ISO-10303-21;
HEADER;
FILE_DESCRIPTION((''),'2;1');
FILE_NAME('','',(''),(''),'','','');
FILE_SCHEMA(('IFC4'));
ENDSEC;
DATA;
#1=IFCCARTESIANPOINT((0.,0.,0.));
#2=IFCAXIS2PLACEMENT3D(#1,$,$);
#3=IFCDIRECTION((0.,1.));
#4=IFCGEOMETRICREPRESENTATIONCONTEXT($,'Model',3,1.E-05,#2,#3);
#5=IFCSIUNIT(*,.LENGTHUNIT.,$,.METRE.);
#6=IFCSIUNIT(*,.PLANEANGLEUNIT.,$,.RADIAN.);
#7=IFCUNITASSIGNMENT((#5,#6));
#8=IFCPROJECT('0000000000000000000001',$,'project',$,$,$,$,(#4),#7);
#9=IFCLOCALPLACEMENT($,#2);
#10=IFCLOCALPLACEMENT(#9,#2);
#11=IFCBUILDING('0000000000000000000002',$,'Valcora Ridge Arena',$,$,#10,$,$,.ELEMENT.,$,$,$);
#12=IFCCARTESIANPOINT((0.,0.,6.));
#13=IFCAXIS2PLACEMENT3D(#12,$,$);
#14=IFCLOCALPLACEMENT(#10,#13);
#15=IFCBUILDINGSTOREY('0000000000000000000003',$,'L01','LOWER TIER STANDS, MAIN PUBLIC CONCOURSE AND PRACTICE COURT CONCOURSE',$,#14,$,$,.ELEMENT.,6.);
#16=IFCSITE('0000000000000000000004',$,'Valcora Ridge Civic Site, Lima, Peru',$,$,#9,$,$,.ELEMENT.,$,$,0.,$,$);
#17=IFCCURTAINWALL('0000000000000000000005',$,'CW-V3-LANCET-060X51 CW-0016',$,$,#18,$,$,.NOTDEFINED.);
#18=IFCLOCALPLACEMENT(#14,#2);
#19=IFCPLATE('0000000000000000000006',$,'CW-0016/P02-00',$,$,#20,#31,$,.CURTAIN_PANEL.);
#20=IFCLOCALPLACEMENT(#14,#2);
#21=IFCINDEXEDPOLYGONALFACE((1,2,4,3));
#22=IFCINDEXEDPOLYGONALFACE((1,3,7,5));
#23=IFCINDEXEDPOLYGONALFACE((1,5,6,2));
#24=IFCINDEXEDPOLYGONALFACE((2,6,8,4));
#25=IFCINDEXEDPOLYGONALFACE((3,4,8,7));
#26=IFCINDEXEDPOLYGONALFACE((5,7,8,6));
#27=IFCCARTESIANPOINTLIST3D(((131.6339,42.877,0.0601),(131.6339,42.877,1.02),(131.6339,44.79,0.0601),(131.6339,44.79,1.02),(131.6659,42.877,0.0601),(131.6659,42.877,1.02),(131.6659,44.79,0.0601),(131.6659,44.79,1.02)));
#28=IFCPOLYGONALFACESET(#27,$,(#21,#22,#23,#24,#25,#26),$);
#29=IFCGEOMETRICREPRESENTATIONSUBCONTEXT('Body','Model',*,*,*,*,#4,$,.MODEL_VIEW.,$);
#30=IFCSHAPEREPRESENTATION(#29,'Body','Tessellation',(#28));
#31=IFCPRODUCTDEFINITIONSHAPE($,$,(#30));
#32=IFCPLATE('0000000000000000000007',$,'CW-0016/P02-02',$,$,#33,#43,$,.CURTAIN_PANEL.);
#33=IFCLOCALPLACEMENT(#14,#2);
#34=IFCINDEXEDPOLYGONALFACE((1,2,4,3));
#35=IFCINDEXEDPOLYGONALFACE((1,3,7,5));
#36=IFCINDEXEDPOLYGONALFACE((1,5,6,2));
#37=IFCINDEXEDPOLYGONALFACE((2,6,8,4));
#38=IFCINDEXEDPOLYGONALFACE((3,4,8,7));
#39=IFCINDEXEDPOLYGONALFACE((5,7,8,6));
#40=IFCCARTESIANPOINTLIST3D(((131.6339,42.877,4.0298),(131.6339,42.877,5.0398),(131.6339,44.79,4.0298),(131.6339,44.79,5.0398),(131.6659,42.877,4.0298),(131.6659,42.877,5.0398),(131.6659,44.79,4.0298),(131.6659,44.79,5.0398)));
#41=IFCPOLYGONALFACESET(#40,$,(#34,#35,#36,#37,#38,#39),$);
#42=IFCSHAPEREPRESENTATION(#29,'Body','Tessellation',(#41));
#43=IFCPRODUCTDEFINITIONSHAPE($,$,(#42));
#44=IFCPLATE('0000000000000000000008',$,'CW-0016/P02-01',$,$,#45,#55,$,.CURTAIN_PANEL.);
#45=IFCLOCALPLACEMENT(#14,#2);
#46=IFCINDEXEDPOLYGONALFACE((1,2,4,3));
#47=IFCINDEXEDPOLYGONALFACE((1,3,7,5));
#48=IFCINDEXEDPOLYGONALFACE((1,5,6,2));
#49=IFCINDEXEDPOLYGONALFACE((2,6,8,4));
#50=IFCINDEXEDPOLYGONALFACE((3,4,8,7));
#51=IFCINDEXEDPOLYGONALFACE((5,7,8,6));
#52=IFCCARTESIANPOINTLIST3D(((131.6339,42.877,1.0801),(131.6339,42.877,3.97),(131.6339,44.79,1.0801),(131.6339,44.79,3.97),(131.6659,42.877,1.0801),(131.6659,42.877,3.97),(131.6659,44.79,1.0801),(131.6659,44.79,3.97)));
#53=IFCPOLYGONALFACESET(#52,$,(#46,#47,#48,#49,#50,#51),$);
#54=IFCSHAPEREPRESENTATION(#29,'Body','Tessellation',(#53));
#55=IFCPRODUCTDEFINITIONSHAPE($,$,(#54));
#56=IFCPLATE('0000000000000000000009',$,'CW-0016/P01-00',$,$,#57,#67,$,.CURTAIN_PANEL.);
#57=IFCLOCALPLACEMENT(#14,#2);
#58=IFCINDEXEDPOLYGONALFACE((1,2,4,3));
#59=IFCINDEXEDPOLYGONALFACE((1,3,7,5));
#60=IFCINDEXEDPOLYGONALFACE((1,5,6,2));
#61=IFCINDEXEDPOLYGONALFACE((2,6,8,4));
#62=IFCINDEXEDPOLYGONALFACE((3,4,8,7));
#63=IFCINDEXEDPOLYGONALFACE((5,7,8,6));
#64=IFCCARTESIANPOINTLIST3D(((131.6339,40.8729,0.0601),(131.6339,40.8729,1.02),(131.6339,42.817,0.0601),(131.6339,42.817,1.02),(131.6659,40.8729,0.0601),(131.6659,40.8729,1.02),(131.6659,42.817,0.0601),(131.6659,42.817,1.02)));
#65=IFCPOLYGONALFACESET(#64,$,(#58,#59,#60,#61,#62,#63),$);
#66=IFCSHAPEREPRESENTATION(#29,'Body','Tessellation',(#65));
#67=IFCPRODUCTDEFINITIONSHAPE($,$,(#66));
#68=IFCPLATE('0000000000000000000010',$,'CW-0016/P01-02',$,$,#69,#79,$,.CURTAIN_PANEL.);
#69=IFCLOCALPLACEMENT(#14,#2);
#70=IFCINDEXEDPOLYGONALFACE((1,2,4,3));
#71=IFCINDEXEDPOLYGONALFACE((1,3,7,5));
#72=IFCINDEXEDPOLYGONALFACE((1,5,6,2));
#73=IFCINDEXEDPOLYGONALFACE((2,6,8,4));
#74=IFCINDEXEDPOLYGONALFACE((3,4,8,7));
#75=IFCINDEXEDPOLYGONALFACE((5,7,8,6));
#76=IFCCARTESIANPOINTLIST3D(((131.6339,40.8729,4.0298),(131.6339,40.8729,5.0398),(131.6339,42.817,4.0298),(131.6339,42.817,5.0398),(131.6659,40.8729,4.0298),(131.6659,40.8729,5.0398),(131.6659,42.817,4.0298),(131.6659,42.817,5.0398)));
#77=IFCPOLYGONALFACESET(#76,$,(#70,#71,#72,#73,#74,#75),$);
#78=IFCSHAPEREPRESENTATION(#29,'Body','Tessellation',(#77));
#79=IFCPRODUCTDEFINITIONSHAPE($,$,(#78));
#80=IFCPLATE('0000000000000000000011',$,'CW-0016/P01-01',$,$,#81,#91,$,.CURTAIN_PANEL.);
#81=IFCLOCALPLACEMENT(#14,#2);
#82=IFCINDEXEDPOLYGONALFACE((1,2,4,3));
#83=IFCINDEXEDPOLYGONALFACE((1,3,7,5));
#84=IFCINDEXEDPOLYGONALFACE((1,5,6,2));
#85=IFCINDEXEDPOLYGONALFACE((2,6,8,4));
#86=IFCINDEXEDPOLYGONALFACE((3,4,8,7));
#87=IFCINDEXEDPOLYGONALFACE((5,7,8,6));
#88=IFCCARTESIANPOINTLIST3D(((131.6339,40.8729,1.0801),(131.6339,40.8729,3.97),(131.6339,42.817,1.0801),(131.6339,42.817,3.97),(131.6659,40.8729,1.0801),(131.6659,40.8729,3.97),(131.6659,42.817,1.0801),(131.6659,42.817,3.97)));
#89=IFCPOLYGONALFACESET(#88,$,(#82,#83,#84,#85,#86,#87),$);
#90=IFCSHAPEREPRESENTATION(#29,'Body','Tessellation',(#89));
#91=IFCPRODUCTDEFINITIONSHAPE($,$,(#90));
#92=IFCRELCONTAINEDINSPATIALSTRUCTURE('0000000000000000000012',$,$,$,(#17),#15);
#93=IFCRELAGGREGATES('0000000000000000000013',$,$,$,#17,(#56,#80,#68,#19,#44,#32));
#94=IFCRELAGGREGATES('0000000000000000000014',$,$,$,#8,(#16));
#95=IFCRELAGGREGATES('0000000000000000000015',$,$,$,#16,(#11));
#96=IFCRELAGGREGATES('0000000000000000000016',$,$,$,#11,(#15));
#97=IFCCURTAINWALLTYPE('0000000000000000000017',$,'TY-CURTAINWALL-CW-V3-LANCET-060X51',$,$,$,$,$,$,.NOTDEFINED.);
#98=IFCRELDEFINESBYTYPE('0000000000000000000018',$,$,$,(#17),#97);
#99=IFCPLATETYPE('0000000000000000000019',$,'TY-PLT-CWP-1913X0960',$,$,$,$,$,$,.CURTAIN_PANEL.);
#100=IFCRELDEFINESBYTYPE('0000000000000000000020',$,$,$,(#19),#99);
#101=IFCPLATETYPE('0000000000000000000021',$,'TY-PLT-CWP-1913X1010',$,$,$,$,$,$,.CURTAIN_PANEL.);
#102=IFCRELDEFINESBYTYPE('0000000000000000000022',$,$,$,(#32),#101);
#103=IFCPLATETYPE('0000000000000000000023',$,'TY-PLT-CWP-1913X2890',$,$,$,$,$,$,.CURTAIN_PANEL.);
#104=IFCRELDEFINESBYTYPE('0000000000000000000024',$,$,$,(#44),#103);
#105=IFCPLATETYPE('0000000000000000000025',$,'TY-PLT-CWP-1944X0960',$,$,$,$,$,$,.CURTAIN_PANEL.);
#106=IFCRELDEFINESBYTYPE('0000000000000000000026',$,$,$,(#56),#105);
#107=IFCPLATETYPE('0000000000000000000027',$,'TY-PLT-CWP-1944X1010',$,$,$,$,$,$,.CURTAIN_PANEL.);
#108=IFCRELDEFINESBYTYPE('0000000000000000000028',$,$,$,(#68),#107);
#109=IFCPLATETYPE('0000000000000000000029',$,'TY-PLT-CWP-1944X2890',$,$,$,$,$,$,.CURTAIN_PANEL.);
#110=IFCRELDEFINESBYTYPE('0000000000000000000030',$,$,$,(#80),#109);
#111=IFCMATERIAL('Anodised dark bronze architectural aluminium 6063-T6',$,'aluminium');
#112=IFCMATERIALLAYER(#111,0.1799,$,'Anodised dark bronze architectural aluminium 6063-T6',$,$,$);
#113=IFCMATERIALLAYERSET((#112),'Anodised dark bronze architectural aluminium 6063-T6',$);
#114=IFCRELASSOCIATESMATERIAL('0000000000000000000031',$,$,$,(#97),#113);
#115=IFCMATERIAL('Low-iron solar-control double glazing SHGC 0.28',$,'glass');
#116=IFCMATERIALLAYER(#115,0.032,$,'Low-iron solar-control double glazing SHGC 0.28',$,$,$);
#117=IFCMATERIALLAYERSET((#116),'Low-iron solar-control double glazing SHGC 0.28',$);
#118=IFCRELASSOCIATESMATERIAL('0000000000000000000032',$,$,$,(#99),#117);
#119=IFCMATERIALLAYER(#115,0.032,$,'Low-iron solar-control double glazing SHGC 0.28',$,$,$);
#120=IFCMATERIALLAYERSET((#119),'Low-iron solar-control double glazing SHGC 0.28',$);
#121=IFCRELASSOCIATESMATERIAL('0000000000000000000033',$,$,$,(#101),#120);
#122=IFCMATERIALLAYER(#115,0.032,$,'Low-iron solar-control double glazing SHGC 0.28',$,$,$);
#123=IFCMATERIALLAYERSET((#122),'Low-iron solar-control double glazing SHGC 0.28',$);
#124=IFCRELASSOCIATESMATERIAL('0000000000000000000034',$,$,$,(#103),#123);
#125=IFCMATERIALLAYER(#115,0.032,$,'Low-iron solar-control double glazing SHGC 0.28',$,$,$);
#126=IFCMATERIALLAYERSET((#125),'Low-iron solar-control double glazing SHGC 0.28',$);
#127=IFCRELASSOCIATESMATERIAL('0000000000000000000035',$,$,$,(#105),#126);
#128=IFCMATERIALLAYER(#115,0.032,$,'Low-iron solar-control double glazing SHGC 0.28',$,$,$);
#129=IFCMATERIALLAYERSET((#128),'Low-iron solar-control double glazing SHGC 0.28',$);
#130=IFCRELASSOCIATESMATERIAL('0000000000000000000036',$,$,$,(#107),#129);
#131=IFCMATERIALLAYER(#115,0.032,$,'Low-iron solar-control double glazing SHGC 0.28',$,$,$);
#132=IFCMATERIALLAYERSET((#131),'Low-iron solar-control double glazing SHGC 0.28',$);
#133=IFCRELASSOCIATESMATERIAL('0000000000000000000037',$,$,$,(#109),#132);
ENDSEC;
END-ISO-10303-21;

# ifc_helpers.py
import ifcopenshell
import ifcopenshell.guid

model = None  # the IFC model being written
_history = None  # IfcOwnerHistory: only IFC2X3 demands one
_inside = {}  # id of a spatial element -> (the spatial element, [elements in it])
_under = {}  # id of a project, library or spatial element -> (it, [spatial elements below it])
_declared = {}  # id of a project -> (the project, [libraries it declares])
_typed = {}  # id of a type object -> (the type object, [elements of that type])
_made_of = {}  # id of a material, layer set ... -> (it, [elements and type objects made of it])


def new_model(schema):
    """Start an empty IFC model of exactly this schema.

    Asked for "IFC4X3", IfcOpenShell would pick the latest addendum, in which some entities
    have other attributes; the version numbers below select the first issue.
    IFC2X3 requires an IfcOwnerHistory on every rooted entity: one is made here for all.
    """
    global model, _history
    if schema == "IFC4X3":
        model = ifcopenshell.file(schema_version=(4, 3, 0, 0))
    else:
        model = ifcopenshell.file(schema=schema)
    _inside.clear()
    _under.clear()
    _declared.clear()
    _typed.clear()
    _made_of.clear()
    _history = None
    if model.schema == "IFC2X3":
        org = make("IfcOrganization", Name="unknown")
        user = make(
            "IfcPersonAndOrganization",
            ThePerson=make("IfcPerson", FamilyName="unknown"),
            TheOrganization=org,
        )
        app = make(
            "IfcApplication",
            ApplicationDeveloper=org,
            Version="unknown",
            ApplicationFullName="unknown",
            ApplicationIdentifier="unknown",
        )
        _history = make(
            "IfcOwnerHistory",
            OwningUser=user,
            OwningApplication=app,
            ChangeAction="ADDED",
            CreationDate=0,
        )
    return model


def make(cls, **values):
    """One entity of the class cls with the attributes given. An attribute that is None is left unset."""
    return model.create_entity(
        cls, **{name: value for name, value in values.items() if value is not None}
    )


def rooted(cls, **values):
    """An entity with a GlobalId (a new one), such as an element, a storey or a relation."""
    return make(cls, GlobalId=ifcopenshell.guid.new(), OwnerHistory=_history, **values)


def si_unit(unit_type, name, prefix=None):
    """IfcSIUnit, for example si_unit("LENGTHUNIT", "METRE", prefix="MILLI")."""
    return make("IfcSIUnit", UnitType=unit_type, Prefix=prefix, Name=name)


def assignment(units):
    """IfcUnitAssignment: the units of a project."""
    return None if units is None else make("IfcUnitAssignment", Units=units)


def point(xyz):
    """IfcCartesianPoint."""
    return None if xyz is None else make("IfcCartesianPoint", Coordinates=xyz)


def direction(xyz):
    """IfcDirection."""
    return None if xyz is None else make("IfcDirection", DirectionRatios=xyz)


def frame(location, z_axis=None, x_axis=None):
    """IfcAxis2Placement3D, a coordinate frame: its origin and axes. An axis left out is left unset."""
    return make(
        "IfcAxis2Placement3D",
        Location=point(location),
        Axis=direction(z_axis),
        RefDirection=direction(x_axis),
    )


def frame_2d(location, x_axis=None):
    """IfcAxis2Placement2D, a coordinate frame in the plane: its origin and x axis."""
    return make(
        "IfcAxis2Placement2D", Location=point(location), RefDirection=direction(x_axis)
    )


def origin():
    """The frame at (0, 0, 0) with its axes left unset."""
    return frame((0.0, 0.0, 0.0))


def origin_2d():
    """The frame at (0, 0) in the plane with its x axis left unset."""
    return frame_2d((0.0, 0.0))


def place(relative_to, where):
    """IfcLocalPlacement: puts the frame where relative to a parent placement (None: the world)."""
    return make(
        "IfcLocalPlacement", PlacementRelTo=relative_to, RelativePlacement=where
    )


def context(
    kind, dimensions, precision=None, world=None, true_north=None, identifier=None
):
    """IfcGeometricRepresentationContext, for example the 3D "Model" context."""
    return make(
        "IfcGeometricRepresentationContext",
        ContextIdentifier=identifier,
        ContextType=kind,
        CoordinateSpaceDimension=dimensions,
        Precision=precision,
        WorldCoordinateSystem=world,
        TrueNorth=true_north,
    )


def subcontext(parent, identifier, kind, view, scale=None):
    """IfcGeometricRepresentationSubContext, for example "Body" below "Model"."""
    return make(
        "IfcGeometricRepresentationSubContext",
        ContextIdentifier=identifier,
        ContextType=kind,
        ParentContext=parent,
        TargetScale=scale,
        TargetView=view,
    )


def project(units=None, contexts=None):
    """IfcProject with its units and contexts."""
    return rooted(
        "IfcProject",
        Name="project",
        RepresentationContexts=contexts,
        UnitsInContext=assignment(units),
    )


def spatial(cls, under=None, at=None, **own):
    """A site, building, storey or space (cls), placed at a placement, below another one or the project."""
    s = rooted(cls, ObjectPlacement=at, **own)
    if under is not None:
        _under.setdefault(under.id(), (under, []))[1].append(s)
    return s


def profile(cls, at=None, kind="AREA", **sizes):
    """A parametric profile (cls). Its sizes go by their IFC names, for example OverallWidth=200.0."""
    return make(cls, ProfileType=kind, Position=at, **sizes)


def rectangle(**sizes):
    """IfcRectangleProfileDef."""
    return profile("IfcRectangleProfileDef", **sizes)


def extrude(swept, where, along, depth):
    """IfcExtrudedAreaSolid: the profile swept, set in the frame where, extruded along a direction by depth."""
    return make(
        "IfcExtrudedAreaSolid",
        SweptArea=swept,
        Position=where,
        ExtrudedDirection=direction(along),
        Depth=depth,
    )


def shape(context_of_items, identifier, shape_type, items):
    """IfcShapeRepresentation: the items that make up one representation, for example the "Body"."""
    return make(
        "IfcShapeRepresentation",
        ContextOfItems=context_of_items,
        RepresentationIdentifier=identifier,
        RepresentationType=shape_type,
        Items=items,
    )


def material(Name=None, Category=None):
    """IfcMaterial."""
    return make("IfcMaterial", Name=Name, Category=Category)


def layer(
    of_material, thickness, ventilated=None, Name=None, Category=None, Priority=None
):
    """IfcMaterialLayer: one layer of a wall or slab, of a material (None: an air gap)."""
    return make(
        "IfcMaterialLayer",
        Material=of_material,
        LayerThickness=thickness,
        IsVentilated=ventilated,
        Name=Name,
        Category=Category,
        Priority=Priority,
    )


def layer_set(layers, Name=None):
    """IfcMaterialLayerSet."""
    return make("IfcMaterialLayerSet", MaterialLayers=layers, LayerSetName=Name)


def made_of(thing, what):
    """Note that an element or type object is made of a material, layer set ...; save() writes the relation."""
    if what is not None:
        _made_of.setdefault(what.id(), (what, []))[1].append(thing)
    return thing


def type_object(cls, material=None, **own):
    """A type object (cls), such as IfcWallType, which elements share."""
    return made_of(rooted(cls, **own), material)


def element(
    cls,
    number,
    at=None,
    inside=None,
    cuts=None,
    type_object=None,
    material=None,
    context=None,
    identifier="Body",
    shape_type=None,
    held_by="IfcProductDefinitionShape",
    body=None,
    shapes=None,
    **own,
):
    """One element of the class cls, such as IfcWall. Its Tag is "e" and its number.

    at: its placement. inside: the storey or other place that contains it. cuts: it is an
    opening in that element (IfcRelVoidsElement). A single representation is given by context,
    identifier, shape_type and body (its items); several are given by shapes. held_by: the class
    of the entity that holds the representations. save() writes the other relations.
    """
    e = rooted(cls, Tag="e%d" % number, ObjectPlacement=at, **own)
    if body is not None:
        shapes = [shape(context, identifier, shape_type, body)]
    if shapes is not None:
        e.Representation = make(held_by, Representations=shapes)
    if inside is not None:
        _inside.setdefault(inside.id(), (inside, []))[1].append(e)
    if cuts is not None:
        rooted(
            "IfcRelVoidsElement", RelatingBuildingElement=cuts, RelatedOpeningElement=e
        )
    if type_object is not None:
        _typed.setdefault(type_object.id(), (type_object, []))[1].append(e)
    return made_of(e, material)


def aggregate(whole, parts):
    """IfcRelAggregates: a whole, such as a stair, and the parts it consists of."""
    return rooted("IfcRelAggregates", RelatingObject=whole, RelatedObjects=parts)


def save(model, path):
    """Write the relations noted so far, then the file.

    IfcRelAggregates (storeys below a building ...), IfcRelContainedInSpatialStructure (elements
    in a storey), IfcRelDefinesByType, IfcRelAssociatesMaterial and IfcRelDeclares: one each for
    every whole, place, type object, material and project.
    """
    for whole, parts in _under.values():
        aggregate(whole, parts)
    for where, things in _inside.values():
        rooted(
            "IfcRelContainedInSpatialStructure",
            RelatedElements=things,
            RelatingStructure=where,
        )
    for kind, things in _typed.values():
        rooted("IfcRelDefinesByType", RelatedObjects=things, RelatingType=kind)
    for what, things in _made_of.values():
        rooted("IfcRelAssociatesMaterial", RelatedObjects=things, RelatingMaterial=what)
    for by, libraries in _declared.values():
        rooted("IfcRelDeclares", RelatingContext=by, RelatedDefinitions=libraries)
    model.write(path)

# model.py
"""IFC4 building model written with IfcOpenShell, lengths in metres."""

from ifc_helpers import new_model, si_unit, direction, frame, origin, origin_2d, place, context, subcontext, project, spatial, rectangle, extrude, material, layer, layer_set, type_object, element, aggregate, save


model = new_model("IFC4")

# Units and contexts
model_context = context("Model", 3, precision=1e-05, world=origin(), true_north=direction((0.0, 1.0)))
body_context = subcontext(model_context, "Body", "Model", "MODEL_VIEW")
ifc_project = project(units=[si_unit("LENGTHUNIT", "METRE"), si_unit("PLANEANGLEUNIT", "RADIAN")], contexts=[model_context])

# Site, building, storey
site_placement = place(None, origin())
site = spatial("IfcSite", under=ifc_project, at=site_placement, Name="Valcora Ridge Civic Site, Lima, Peru", CompositionType="ELEMENT", RefElevation=0.0)
building_placement = place(site_placement, origin())
building = spatial("IfcBuilding", under=site, at=building_placement, Name="Valcora Ridge Arena", CompositionType="ELEMENT")
storey_placement = place(building_placement, frame((0.0, 0.0, 6.0)))
storey = spatial("IfcBuildingStorey", under=building, at=storey_placement, Name="L01", Description="LOWER TIER STANDS, MAIN PUBLIC CONCOURSE AND PRACTICE COURT CONCOURSE", CompositionType="ELEMENT", Elevation=6.0)

# Curtain wall
ifc_material_1 = material(Name="Anodised dark bronze architectural aluminium 6063-T6", Category="aluminium")
ifc_layer_1 = layer(ifc_material_1, 0.1799, Name="Anodised dark bronze architectural aluminium 6063-T6")
ifc_layer_set_1 = layer_set([ifc_layer_1], Name="Anodised dark bronze architectural aluminium 6063-T6")
curtain_wall_type_1 = type_object("IfcCurtainWallType", Name="TY-CURTAINWALL-CW-V3-LANCET-060X51", PredefinedType="NOTDEFINED", material=ifc_layer_set_1)
curtain_wall_1_placement = place(storey_placement, origin())
curtain_wall_1 = element("IfcCurtainWall", 1, at=curtain_wall_1_placement, inside=storey, type_object=curtain_wall_type_1, Name="CW-V3-LANCET-060X51 CW-0016", PredefinedType="NOTDEFINED")

# Plates
ifc_material_2 = material(Name="Low-iron solar-control double glazing SHGC 0.28", Category="glass")
ifc_layer_2 = layer(ifc_material_2, 0.032, Name="Low-iron solar-control double glazing SHGC 0.28")
ifc_layer_set_2 = layer_set([ifc_layer_2], Name="Low-iron solar-control double glazing SHGC 0.28")
plate_type_1 = type_object("IfcPlateType", Name="TY-PLT-CWP-1913X0960", PredefinedType="CURTAIN_PANEL", material=ifc_layer_set_2)
plate_1_placement = place(storey_placement, frame((131.6499, 43.8335, 0.0601), z_axis=(0.0, 0.0, 1.0), x_axis=(0.0, 1.0, 0.0)))
plate_1 = element("IfcPlate", 2, at=plate_1_placement, type_object=plate_type_1, Name="CW-0016/P02-00", PredefinedType="CURTAIN_PANEL", context=body_context, shape_type="SweptSolid", body=[
    extrude(rectangle(XDim=1.9131, YDim=0.032, at=origin_2d()), origin(), (0.0, 0.0, 1.0), 0.96),
])
ifc_layer_3 = layer(ifc_material_2, 0.032, Name="Low-iron solar-control double glazing SHGC 0.28")
ifc_layer_set_3 = layer_set([ifc_layer_3], Name="Low-iron solar-control double glazing SHGC 0.28")
plate_type_2 = type_object("IfcPlateType", Name="TY-PLT-CWP-1913X1010", PredefinedType="CURTAIN_PANEL", material=ifc_layer_set_3)
plate_2_placement = place(storey_placement, frame((131.6499, 43.8335, 4.0298), z_axis=(0.0, 0.0, 1.0), x_axis=(0.0, 1.0, 0.0)))
plate_2 = element("IfcPlate", 3, at=plate_2_placement, type_object=plate_type_2, Name="CW-0016/P02-02", PredefinedType="CURTAIN_PANEL", context=body_context, shape_type="SweptSolid", body=[
    extrude(rectangle(XDim=1.9131, YDim=0.032, at=origin_2d()), origin(), (0.0, 0.0, 1.0), 1.01),
])
ifc_layer_4 = layer(ifc_material_2, 0.032, Name="Low-iron solar-control double glazing SHGC 0.28")
ifc_layer_set_4 = layer_set([ifc_layer_4], Name="Low-iron solar-control double glazing SHGC 0.28")
plate_type_3 = type_object("IfcPlateType", Name="TY-PLT-CWP-1913X2890", PredefinedType="CURTAIN_PANEL", material=ifc_layer_set_4)
plate_3_placement = place(storey_placement, frame((131.6499, 43.8335, 1.0801), z_axis=(0.0, 0.0, 1.0), x_axis=(0.0, 1.0, 0.0)))
plate_3 = element("IfcPlate", 4, at=plate_3_placement, type_object=plate_type_3, Name="CW-0016/P02-01", PredefinedType="CURTAIN_PANEL", context=body_context, shape_type="SweptSolid", body=[
    extrude(rectangle(XDim=1.9131, YDim=0.032, at=origin_2d()), origin(), (0.0, 0.0, 1.0), 2.8899),
])
ifc_layer_5 = layer(ifc_material_2, 0.032, Name="Low-iron solar-control double glazing SHGC 0.28")
ifc_layer_set_5 = layer_set([ifc_layer_5], Name="Low-iron solar-control double glazing SHGC 0.28")
plate_type_4 = type_object("IfcPlateType", Name="TY-PLT-CWP-1944X0960", PredefinedType="CURTAIN_PANEL", material=ifc_layer_set_5)
plate_4_placement = place(storey_placement, frame((131.6499, 41.845, 0.0601), z_axis=(0.0, 0.0, 1.0), x_axis=(0.0, 1.0, 0.0)))
plate_4 = element("IfcPlate", 5, at=plate_4_placement, type_object=plate_type_4, Name="CW-0016/P01-00", PredefinedType="CURTAIN_PANEL", context=body_context, shape_type="SweptSolid", body=[
    extrude(rectangle(XDim=1.9441, YDim=0.032, at=origin_2d()), origin(), (0.0, 0.0, 1.0), 0.96),
])
ifc_layer_6 = layer(ifc_material_2, 0.032, Name="Low-iron solar-control double glazing SHGC 0.28")
ifc_layer_set_6 = layer_set([ifc_layer_6], Name="Low-iron solar-control double glazing SHGC 0.28")
plate_type_5 = type_object("IfcPlateType", Name="TY-PLT-CWP-1944X1010", PredefinedType="CURTAIN_PANEL", material=ifc_layer_set_6)
plate_5_placement = place(storey_placement, frame((131.6499, 41.845, 4.0298), z_axis=(0.0, 0.0, 1.0), x_axis=(0.0, 1.0, 0.0)))
plate_5 = element("IfcPlate", 6, at=plate_5_placement, type_object=plate_type_5, Name="CW-0016/P01-02", PredefinedType="CURTAIN_PANEL", context=body_context, shape_type="SweptSolid", body=[
    extrude(rectangle(XDim=1.9441, YDim=0.032, at=origin_2d()), origin(), (0.0, 0.0, 1.0), 1.01),
])
ifc_layer_7 = layer(ifc_material_2, 0.032, Name="Low-iron solar-control double glazing SHGC 0.28")
ifc_layer_set_7 = layer_set([ifc_layer_7], Name="Low-iron solar-control double glazing SHGC 0.28")
plate_type_6 = type_object("IfcPlateType", Name="TY-PLT-CWP-1944X2890", PredefinedType="CURTAIN_PANEL", material=ifc_layer_set_7)
plate_6_placement = place(storey_placement, frame((131.6499, 41.845, 1.0801), z_axis=(0.0, 0.0, 1.0), x_axis=(0.0, 1.0, 0.0)))
plate_6 = element("IfcPlate", 7, at=plate_6_placement, type_object=plate_type_6, Name="CW-0016/P01-01", PredefinedType="CURTAIN_PANEL", context=body_context, shape_type="SweptSolid", body=[
    extrude(rectangle(XDim=1.9441, YDim=0.032, at=origin_2d()), origin(), (0.0, 0.0, 1.0), 2.8899),
])
aggregate(curtain_wall_1, [plate_4, plate_6, plate_5, plate_1, plate_3, plate_2])

save(model, "model.ifc")
